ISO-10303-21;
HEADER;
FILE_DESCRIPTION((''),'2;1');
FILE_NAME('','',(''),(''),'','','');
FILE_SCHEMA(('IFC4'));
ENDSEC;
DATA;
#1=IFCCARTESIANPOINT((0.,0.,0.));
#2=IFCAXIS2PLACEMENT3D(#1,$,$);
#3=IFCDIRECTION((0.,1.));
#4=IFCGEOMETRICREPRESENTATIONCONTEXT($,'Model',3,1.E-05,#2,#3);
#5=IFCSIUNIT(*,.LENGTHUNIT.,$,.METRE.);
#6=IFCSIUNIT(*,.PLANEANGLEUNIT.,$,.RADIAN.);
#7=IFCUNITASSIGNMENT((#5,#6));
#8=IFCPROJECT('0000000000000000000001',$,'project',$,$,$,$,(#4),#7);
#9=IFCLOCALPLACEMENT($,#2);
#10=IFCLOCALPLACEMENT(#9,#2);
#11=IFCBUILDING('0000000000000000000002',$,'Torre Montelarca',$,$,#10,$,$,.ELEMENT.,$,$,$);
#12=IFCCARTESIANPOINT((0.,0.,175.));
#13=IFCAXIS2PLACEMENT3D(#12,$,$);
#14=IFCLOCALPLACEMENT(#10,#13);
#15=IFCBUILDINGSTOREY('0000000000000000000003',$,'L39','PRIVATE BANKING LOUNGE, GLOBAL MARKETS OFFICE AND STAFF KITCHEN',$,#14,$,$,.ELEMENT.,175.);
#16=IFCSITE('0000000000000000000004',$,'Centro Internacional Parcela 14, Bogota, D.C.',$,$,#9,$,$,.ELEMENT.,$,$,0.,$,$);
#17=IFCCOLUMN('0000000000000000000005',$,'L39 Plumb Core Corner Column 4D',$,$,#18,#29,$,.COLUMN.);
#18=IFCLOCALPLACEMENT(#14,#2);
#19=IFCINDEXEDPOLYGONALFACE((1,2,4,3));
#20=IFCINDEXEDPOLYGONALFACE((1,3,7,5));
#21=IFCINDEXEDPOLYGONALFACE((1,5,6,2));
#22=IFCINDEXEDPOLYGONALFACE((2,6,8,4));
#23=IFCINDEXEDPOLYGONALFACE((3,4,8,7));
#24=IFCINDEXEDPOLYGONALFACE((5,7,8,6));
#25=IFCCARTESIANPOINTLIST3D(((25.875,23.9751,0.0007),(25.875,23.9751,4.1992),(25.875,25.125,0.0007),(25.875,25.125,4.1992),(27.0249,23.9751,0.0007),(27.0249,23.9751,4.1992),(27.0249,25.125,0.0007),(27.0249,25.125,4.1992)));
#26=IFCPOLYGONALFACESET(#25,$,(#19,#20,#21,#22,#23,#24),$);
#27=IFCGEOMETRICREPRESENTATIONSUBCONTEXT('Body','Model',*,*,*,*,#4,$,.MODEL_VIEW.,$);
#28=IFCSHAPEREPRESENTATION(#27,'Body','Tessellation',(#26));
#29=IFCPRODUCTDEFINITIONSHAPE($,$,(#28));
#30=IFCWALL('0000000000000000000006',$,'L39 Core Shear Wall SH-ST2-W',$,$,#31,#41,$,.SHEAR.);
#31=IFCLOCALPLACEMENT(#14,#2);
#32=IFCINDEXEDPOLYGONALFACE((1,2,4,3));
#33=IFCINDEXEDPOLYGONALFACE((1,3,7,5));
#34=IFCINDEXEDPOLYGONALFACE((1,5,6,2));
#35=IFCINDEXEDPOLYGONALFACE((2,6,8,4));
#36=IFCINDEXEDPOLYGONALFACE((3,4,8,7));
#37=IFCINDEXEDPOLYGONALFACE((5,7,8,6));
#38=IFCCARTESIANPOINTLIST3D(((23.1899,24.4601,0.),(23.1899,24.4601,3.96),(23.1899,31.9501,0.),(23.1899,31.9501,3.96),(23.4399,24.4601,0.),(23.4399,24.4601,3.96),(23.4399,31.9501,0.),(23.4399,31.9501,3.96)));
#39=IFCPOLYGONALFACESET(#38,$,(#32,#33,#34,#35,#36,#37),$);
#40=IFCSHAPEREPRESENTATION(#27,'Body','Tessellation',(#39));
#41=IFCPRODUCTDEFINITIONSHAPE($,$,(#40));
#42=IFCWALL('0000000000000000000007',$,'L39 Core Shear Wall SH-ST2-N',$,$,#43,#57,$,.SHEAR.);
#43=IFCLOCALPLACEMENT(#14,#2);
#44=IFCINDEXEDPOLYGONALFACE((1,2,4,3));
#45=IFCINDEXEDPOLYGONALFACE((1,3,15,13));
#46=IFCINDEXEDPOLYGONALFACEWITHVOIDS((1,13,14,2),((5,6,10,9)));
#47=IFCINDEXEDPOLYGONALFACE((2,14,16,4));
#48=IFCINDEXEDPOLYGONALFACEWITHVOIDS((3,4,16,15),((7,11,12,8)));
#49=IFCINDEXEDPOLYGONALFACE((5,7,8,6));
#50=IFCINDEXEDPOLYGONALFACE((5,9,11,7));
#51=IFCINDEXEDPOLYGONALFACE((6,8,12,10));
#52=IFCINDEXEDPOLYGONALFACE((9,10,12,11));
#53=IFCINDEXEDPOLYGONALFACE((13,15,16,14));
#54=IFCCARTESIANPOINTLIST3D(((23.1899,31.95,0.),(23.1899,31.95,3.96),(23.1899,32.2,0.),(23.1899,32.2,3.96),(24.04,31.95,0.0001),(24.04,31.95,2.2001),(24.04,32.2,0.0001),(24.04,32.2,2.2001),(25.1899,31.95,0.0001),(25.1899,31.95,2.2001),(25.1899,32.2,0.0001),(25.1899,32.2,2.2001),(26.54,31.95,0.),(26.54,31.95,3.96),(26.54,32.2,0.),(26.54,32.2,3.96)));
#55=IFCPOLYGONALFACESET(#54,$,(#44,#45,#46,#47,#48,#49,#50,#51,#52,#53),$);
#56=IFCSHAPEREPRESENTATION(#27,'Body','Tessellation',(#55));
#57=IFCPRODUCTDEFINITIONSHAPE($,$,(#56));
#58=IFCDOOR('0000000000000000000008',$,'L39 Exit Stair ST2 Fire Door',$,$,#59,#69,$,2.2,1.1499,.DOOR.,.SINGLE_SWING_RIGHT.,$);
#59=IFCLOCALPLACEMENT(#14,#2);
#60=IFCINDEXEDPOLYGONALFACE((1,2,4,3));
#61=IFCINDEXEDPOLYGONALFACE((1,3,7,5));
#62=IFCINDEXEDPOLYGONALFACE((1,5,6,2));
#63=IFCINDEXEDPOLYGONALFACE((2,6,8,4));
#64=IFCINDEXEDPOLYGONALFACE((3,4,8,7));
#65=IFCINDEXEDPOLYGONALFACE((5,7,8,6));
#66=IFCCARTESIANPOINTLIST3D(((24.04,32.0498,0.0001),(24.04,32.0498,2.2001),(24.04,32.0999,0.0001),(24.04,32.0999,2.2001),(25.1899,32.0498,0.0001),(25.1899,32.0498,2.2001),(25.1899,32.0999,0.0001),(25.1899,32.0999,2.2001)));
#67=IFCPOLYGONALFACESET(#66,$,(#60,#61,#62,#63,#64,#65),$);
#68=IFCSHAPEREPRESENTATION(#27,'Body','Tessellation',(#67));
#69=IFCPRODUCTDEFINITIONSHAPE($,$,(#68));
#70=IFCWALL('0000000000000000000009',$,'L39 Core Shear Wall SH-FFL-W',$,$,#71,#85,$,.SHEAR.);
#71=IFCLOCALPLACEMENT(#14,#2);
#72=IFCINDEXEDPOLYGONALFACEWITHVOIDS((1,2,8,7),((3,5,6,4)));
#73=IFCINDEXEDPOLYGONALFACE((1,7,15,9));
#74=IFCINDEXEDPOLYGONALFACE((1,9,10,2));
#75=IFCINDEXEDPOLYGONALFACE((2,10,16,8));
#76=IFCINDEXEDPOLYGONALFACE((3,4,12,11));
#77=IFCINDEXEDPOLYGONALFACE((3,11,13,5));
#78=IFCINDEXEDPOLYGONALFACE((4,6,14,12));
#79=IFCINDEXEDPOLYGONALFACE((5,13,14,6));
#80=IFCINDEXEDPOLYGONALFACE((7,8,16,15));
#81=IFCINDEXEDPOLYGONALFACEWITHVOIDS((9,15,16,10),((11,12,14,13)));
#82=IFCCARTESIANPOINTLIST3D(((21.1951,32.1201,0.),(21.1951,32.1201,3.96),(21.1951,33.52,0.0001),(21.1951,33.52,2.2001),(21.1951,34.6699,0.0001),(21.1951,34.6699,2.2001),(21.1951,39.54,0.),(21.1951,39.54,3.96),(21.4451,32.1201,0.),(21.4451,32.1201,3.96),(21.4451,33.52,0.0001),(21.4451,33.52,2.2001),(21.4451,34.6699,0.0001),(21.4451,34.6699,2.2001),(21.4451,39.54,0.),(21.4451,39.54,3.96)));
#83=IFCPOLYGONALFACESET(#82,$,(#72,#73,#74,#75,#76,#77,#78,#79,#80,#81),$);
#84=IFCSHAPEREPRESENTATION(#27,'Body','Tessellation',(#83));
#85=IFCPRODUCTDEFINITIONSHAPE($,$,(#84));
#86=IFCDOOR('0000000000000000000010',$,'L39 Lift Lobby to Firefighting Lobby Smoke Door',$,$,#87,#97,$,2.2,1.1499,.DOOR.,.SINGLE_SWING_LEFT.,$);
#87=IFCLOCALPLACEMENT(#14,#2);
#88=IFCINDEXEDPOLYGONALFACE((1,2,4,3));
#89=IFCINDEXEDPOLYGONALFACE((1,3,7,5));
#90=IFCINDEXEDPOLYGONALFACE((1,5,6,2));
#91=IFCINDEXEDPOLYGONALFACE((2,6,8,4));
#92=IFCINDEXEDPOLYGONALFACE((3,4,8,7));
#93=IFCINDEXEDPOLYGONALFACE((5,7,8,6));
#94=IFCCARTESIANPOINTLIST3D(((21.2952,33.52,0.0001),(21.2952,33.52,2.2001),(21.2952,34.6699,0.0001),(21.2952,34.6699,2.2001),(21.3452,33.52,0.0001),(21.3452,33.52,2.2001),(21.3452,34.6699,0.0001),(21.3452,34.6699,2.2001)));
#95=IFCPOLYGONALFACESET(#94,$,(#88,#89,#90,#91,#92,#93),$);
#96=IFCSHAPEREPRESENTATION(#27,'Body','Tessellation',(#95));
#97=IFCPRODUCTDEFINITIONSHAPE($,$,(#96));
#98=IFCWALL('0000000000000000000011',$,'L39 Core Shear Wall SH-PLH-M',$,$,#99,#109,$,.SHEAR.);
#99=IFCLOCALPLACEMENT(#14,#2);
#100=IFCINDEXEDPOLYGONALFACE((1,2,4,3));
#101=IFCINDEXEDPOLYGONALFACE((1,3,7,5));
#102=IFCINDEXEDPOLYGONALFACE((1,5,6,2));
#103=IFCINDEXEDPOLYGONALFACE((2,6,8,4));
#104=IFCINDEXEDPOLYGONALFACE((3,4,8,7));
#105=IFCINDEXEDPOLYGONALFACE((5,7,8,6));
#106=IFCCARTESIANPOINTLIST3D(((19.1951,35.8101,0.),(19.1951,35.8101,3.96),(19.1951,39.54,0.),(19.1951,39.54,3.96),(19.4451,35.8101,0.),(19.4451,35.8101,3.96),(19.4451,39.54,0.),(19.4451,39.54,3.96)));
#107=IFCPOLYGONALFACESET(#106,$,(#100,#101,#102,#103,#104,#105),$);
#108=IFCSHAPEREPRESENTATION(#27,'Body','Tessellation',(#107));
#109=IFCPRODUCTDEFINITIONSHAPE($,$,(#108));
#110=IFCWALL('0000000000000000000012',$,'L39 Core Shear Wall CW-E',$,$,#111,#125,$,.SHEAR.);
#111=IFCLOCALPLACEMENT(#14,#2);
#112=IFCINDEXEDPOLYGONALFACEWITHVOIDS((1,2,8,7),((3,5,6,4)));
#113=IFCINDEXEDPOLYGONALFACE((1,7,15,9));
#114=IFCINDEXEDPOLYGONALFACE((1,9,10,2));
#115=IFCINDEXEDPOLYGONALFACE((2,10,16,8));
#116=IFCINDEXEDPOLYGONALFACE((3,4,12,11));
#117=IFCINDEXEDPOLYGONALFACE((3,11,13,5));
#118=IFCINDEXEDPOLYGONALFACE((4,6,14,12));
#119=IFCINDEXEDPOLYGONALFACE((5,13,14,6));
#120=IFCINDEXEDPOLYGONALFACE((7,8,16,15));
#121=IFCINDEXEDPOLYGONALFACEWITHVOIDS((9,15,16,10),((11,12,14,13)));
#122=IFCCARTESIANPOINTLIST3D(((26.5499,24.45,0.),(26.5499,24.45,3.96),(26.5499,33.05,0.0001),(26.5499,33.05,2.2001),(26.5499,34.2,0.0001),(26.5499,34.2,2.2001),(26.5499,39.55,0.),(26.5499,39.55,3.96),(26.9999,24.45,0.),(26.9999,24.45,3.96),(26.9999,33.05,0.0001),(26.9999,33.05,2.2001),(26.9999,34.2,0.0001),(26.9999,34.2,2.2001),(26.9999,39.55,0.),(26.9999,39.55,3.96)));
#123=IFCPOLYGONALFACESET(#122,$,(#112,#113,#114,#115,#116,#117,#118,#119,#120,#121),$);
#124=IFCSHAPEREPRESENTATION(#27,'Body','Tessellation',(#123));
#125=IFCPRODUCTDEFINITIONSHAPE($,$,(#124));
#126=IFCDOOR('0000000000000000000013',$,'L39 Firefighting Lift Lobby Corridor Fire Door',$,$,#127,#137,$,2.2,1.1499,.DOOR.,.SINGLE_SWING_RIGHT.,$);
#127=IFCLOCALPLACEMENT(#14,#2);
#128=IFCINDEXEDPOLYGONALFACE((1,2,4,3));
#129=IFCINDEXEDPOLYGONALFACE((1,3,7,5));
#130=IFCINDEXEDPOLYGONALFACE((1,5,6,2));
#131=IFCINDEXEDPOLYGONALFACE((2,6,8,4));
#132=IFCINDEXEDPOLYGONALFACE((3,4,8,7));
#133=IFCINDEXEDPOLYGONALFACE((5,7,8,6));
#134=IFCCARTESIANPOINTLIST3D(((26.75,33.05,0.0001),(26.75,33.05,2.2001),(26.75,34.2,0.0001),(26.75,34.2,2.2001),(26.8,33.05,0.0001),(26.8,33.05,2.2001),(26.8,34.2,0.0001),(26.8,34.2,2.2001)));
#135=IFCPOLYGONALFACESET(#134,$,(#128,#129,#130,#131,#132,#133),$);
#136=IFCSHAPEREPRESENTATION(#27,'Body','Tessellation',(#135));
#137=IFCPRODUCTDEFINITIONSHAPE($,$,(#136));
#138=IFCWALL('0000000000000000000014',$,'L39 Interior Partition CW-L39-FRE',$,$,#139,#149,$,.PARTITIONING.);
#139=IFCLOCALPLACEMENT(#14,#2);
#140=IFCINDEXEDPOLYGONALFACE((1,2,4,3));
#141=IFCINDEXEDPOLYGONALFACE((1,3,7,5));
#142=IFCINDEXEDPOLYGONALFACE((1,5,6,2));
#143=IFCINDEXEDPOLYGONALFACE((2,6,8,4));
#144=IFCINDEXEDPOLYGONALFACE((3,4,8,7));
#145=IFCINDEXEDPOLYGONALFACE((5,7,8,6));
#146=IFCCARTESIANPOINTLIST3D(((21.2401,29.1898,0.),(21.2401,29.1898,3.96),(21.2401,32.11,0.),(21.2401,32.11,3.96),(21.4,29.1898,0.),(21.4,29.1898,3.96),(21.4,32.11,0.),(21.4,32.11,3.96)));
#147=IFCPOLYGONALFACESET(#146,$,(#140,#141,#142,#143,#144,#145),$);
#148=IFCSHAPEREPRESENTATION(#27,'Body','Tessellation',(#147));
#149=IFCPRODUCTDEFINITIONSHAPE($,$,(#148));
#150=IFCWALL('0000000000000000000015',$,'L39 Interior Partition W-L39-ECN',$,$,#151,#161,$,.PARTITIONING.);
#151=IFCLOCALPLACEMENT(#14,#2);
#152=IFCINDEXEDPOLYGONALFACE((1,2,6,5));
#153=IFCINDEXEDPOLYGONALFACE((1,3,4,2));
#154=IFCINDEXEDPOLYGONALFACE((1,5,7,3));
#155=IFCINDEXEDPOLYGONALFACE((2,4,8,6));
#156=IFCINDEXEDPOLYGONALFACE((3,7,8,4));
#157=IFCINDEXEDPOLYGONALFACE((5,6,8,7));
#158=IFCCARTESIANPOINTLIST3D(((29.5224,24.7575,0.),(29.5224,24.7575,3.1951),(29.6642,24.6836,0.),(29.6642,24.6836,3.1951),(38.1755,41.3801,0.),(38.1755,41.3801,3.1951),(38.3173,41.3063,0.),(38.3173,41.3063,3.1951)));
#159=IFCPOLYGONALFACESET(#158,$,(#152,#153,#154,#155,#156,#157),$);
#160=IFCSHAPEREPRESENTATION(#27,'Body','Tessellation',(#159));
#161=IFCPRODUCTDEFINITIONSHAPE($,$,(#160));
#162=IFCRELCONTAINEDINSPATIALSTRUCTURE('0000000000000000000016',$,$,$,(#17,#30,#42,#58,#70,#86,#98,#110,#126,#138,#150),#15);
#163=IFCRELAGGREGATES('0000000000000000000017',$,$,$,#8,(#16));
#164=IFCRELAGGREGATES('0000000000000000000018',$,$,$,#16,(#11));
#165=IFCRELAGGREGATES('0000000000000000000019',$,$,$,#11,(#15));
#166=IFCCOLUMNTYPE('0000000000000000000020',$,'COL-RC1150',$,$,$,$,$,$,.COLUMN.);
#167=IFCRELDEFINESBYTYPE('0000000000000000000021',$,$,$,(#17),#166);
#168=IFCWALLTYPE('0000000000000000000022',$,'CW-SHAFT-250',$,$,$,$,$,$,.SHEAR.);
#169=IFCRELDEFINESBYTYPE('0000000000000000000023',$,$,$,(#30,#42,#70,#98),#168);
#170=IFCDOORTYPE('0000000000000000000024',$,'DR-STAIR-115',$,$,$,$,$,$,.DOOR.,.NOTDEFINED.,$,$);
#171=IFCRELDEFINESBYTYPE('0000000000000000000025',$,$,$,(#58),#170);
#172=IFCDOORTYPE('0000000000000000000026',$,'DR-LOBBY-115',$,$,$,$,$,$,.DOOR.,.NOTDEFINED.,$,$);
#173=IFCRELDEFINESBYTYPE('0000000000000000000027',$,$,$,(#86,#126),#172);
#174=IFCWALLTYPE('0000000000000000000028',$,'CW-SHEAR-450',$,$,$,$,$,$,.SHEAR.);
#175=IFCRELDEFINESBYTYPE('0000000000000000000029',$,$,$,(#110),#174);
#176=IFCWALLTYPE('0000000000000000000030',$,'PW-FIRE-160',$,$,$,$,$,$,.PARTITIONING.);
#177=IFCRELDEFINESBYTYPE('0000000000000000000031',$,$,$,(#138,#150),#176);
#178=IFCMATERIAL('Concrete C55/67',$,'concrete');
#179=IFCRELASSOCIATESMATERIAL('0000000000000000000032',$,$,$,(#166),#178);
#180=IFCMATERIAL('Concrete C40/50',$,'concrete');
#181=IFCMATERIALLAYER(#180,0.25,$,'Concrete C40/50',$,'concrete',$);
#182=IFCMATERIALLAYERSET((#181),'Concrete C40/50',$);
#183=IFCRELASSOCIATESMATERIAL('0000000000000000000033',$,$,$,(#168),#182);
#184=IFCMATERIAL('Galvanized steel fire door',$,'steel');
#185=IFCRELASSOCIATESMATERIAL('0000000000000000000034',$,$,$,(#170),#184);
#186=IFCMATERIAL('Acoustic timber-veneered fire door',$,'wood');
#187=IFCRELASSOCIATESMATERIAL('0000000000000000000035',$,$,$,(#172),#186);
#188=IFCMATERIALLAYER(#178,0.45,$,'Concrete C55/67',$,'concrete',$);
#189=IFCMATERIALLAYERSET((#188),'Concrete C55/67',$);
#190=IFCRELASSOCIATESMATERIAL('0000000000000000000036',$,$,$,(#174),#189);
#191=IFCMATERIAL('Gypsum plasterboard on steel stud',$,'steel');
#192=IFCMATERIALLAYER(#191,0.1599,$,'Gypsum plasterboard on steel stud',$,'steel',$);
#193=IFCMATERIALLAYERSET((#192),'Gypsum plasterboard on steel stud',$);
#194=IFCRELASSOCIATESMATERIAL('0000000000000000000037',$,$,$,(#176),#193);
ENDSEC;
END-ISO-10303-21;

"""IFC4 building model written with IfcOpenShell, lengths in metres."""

from ifc_helpers import new_model, si_unit, direction, frame, frame_2d, origin, origin_2d, place, context, subcontext, project, spatial, rectangle, extrude, source, transform, mapped, material, layer, layer_set, material_profile, profile_set, type_object, element, fill, save


model = new_model("IFC4")

# Units and contexts
model_context = context("Model", 3, precision=1e-05, world=origin(), true_north=direction((0.0, 1.0)))
body_context = subcontext(model_context, "Body", "Model", "MODEL_VIEW")
ifc_project = project(units=[si_unit("LENGTHUNIT", "METRE"), si_unit("PLANEANGLEUNIT", "RADIAN")], contexts=[model_context])

# Site, building, storey
site_placement = place(None, origin())
site = spatial("IfcSite", under=ifc_project, at=site_placement, Name="Centro Internacional Parcela 14, Bogota, D.C.", CompositionType="ELEMENT", RefElevation=0.0)
building_placement = place(site_placement, origin())
building = spatial("IfcBuilding", under=site, at=building_placement, Name="Torre Montelarca", CompositionType="ELEMENT")
storey_placement = place(building_placement, frame((0.0, 0.0, 175.0)))
storey = spatial("IfcBuildingStorey", under=building, at=storey_placement, Name="L39", Description="PRIVATE BANKING LOUNGE, GLOBAL MARKETS OFFICE AND STAFF KITCHEN", CompositionType="ELEMENT", Elevation=175.0)

# Column
ifc_material_1 = material(Name="Concrete C55/67", Category="concrete")
ifc_material_profile = material_profile(ifc_material_1, rectangle(XDim=1.1499, YDim=1.1499, at=origin_2d()), Name="RC1150X1150", Category="concrete")
ifc_profile_set = profile_set([ifc_material_profile], Name="Concrete C55/67")
column_type = type_object("IfcColumnType", Name="COL-RC1150", PredefinedType="COLUMN", material=ifc_profile_set)
shared_shape_1 = source(origin(), body_context, "Body", "SweptSolid", [
    extrude(rectangle(XDim=1.1499, YDim=1.1499, at=origin_2d()), origin(), (0.0, 0.0, 1.0), 4.1985),
])
column_placement = place(storey_placement, frame((26.45, 24.55, 0.0007), z_axis=(0.0, 0.0, 1.0), x_axis=(1.0, 0.0, 0.0)))
element("IfcColumn", 1, at=column_placement, inside=storey, type_object=column_type, Name="L39 Plumb Core Corner Column 4D", PredefinedType="COLUMN", context=body_context, shape_type="MappedRepresentation", body=[
    mapped(shared_shape_1, transform((0.0, 0.0, 0.0), scale=1.0)),
])

# Wall
ifc_material_2 = material(Name="Concrete C40/50", Category="concrete")
ifc_layer_1 = layer(ifc_material_2, 0.25, Name="Concrete C40/50", Category="concrete")
ifc_layer_set_1 = layer_set([ifc_layer_1], Name="Concrete C40/50")
wall_type_1 = type_object("IfcWallType", Name="CW-SHAFT-250", PredefinedType="SHEAR", material=ifc_layer_set_1)
wall_1_placement = place(storey_placement, frame((23.3149, 24.46, 0.0), z_axis=(0.0, 0.0, 1.0), x_axis=(0.0, 1.0, 0.0)))
element("IfcWall", 2, at=wall_1_placement, inside=storey, type_object=wall_type_1, Name="L39 Core Shear Wall SH-ST2-W", PredefinedType="SHEAR", context=body_context, shape_type="SweptSolid", body=[
    extrude(rectangle(XDim=7.49, YDim=0.25, at=frame_2d((3.7451, 0.0))), origin(), (0.0, 0.0, 1.0), 3.96),
])

# Walls, openings, doors
wall_2_placement = place(storey_placement, frame((23.1899, 32.075, 0.0), z_axis=(0.0, 0.0, 1.0), x_axis=(1.0, 0.0, 0.0)))
wall_2 = element("IfcWall", 3, at=wall_2_placement, inside=storey, type_object=wall_type_1, Name="L39 Core Shear Wall SH-ST2-N", PredefinedType="SHEAR", context=body_context, shape_type="SweptSolid", body=[
    extrude(rectangle(XDim=3.3501, YDim=0.25, at=frame_2d((1.675, 0.0))), origin(), (0.0, 0.0, 1.0), 3.96),
])
opening_1_placement = place(wall_2_placement, frame((0.8501, 0.0, 0.0)))
opening_1 = element("IfcOpeningElement", 4, at=opening_1_placement, cuts=wall_2, PredefinedType="OPENING", context=body_context, shape_type="SweptSolid", body=[
    extrude(rectangle(XDim=1.1499, YDim=2.2, at=frame_2d((0.575, 1.1001))), frame((0.0, 0.135, 0.0), z_axis=(0.0, -1.0, 0.0), x_axis=(1.0, 0.0, 0.0)), (0.0, 0.0, 1.0), 0.27),
])
ifc_material_3 = material(Name="Galvanized steel fire door", Category="steel")
door_type_1 = type_object("IfcDoorType", Name="DR-STAIR-115", OperationType="NOTDEFINED", PredefinedType="DOOR", material=ifc_material_3)
shared_shape_2 = source(origin(), body_context, "Body", "SweptSolid", [
    extrude(rectangle(XDim=1.1499, YDim=2.2, at=frame_2d((0.575, 1.1001))), frame((0.0, 0.0249, 0.0), z_axis=(0.0, -1.0, 0.0), x_axis=(1.0, 0.0, 0.0)), (0.0, 0.0, 1.0), 0.05),
])
door_1_placement = place(opening_1_placement, origin())
door_1 = element("IfcDoor", 5, at=door_1_placement, inside=storey, type_object=door_type_1, Name="L39 Exit Stair ST2 Fire Door", OperationType="SINGLE_SWING_RIGHT", OverallHeight=2.2, OverallWidth=1.1499, PredefinedType="DOOR", context=body_context, shape_type="MappedRepresentation", body=[
    mapped(shared_shape_2, transform((0.0, 0.0, 0.0), scale=1.0)),
])
fill(opening_1, door_1)
wall_3_placement = place(storey_placement, frame((21.3201, 32.1201, 0.0), z_axis=(0.0, 0.0, 1.0), x_axis=(0.0, 1.0, 0.0)))
wall_3 = element("IfcWall", 6, at=wall_3_placement, inside=storey, type_object=wall_type_1, Name="L39 Core Shear Wall SH-FFL-W", PredefinedType="SHEAR", context=body_context, shape_type="SweptSolid", body=[
    extrude(rectangle(XDim=7.4199, YDim=0.25, at=frame_2d((3.71, 0.0))), origin(), (0.0, 0.0, 1.0), 3.96),
])
opening_2_placement = place(wall_3_placement, frame((1.3999, 0.0, 0.0)))
opening_2 = element("IfcOpeningElement", 7, at=opening_2_placement, cuts=wall_3, PredefinedType="OPENING", context=body_context, shape_type="SweptSolid", body=[
    extrude(rectangle(XDim=1.1499, YDim=2.2, at=frame_2d((0.575, 1.1001))), frame((0.0, 0.135, 0.0), z_axis=(0.0, -1.0, 0.0), x_axis=(1.0, 0.0, 0.0)), (0.0, 0.0, 1.0), 0.27),
])
ifc_material_4 = material(Name="Acoustic timber-veneered fire door", Category="wood")
door_type_2 = type_object("IfcDoorType", Name="DR-LOBBY-115", OperationType="NOTDEFINED", PredefinedType="DOOR", material=ifc_material_4)
shared_shape_3 = source(origin(), body_context, "Body", "SweptSolid", [
    extrude(rectangle(XDim=1.1499, YDim=2.2, at=frame_2d((0.575, 1.1001))), frame((0.0, 0.0249, 0.0), z_axis=(0.0, -1.0, 0.0), x_axis=(1.0, 0.0, 0.0)), (0.0, 0.0, 1.0), 0.05),
])
door_2_placement = place(opening_2_placement, origin())
door_2 = element("IfcDoor", 8, at=door_2_placement, inside=storey, type_object=door_type_2, Name="L39 Lift Lobby to Firefighting Lobby Smoke Door", OperationType="SINGLE_SWING_LEFT", OverallHeight=2.2, OverallWidth=1.1499, PredefinedType="DOOR", context=body_context, shape_type="MappedRepresentation", body=[
    mapped(shared_shape_3, transform((0.0, 0.0, 0.0), scale=1.0)),
])
fill(opening_2, door_2)

# Wall
wall_4_placement = place(storey_placement, frame((19.3201, 35.8101, 0.0), z_axis=(0.0, 0.0, 1.0), x_axis=(0.0, 1.0, 0.0)))
element("IfcWall", 9, at=wall_4_placement, inside=storey, type_object=wall_type_1, Name="L39 Core Shear Wall SH-PLH-M", PredefinedType="SHEAR", context=body_context, shape_type="SweptSolid", body=[
    extrude(rectangle(XDim=3.73, YDim=0.25, at=frame_2d((1.865, 0.0))), origin(), (0.0, 0.0, 1.0), 3.96),
])

# Wall, opening, door
ifc_layer_2 = layer(ifc_material_1, 0.45, Name="Concrete C55/67", Category="concrete")
ifc_layer_set_2 = layer_set([ifc_layer_2], Name="Concrete C55/67")
wall_type_2 = type_object("IfcWallType", Name="CW-SHEAR-450", PredefinedType="SHEAR", material=ifc_layer_set_2)
wall_5_placement = place(storey_placement, frame((26.7749, 24.45, 0.0), z_axis=(0.0, 0.0, 1.0), x_axis=(0.0, 1.0, 0.0)))
wall_5 = element("IfcWall", 10, at=wall_5_placement, inside=storey, type_object=wall_type_2, Name="L39 Core Shear Wall CW-E", PredefinedType="SHEAR", context=body_context, shape_type="SweptSolid", body=[
    extrude(rectangle(XDim=15.1001, YDim=0.45, at=frame_2d((7.55, 0.0))), origin(), (0.0, 0.0, 1.0), 3.96),
])
opening_3_placement = place(wall_5_placement, frame((8.6001, 0.0, 0.0)))
opening_3 = element("IfcOpeningElement", 11, at=opening_3_placement, cuts=wall_5, PredefinedType="OPENING", context=body_context, shape_type="SweptSolid", body=[
    extrude(rectangle(XDim=1.1499, YDim=2.2, at=frame_2d((0.575, 1.1001))), frame((0.0, 0.2349, 0.0), z_axis=(0.0, -1.0, 0.0), x_axis=(1.0, 0.0, 0.0)), (0.0, 0.0, 1.0), 0.47),
])
door_3_placement = place(opening_3_placement, origin())
door_3 = element("IfcDoor", 12, at=door_3_placement, inside=storey, type_object=door_type_2, Name="L39 Firefighting Lift Lobby Corridor Fire Door", OperationType="SINGLE_SWING_RIGHT", OverallHeight=2.2, OverallWidth=1.1499, PredefinedType="DOOR", context=body_context, shape_type="MappedRepresentation", body=[
    mapped(shared_shape_3, transform((0.0, 0.0, 0.0), scale=1.0)),
])
fill(opening_3, door_3)

# Walls
ifc_material_5 = material(Name="Gypsum plasterboard on steel stud", Category="steel")
ifc_layer_3 = layer(ifc_material_5, 0.1599, Name="Gypsum plasterboard on steel stud", Category="steel")
ifc_layer_set_3 = layer_set([ifc_layer_3], Name="Gypsum plasterboard on steel stud")
wall_type_3 = type_object("IfcWallType", Name="PW-FIRE-160", PredefinedType="PARTITIONING", material=ifc_layer_set_3)
wall_6_placement = place(storey_placement, frame((21.3201, 29.1899, 0.0), z_axis=(0.0, 0.0, 1.0), x_axis=(0.0, 1.0, 0.0)))
element("IfcWall", 13, at=wall_6_placement, inside=storey, type_object=wall_type_3, Name="L39 Interior Partition CW-L39-FRE", PredefinedType="PARTITIONING", context=body_context, shape_type="SweptSolid", body=[
    extrude(rectangle(XDim=2.9202, YDim=0.1599, at=frame_2d((1.46, 0.0))), origin(), (0.0, 0.0, 1.0), 3.96),
])
wall_7_placement = place(storey_placement, frame((29.5933, 24.7205, 0.0), z_axis=(0.0, 0.0, 1.0), x_axis=(0.461745, 0.887013, 0.0)))
element("IfcWall", 14, at=wall_7_placement, inside=storey, type_object=wall_type_3, Name="L39 Interior Partition W-L39-ECN", PredefinedType="PARTITIONING", context=body_context, shape_type="SweptSolid", body=[
    extrude(rectangle(XDim=18.74, YDim=0.1599, at=frame_2d((9.3701, 0.0))), origin(), (0.0, 0.0, 1.0), 3.1951),
])

save(model, "model.ifc")
